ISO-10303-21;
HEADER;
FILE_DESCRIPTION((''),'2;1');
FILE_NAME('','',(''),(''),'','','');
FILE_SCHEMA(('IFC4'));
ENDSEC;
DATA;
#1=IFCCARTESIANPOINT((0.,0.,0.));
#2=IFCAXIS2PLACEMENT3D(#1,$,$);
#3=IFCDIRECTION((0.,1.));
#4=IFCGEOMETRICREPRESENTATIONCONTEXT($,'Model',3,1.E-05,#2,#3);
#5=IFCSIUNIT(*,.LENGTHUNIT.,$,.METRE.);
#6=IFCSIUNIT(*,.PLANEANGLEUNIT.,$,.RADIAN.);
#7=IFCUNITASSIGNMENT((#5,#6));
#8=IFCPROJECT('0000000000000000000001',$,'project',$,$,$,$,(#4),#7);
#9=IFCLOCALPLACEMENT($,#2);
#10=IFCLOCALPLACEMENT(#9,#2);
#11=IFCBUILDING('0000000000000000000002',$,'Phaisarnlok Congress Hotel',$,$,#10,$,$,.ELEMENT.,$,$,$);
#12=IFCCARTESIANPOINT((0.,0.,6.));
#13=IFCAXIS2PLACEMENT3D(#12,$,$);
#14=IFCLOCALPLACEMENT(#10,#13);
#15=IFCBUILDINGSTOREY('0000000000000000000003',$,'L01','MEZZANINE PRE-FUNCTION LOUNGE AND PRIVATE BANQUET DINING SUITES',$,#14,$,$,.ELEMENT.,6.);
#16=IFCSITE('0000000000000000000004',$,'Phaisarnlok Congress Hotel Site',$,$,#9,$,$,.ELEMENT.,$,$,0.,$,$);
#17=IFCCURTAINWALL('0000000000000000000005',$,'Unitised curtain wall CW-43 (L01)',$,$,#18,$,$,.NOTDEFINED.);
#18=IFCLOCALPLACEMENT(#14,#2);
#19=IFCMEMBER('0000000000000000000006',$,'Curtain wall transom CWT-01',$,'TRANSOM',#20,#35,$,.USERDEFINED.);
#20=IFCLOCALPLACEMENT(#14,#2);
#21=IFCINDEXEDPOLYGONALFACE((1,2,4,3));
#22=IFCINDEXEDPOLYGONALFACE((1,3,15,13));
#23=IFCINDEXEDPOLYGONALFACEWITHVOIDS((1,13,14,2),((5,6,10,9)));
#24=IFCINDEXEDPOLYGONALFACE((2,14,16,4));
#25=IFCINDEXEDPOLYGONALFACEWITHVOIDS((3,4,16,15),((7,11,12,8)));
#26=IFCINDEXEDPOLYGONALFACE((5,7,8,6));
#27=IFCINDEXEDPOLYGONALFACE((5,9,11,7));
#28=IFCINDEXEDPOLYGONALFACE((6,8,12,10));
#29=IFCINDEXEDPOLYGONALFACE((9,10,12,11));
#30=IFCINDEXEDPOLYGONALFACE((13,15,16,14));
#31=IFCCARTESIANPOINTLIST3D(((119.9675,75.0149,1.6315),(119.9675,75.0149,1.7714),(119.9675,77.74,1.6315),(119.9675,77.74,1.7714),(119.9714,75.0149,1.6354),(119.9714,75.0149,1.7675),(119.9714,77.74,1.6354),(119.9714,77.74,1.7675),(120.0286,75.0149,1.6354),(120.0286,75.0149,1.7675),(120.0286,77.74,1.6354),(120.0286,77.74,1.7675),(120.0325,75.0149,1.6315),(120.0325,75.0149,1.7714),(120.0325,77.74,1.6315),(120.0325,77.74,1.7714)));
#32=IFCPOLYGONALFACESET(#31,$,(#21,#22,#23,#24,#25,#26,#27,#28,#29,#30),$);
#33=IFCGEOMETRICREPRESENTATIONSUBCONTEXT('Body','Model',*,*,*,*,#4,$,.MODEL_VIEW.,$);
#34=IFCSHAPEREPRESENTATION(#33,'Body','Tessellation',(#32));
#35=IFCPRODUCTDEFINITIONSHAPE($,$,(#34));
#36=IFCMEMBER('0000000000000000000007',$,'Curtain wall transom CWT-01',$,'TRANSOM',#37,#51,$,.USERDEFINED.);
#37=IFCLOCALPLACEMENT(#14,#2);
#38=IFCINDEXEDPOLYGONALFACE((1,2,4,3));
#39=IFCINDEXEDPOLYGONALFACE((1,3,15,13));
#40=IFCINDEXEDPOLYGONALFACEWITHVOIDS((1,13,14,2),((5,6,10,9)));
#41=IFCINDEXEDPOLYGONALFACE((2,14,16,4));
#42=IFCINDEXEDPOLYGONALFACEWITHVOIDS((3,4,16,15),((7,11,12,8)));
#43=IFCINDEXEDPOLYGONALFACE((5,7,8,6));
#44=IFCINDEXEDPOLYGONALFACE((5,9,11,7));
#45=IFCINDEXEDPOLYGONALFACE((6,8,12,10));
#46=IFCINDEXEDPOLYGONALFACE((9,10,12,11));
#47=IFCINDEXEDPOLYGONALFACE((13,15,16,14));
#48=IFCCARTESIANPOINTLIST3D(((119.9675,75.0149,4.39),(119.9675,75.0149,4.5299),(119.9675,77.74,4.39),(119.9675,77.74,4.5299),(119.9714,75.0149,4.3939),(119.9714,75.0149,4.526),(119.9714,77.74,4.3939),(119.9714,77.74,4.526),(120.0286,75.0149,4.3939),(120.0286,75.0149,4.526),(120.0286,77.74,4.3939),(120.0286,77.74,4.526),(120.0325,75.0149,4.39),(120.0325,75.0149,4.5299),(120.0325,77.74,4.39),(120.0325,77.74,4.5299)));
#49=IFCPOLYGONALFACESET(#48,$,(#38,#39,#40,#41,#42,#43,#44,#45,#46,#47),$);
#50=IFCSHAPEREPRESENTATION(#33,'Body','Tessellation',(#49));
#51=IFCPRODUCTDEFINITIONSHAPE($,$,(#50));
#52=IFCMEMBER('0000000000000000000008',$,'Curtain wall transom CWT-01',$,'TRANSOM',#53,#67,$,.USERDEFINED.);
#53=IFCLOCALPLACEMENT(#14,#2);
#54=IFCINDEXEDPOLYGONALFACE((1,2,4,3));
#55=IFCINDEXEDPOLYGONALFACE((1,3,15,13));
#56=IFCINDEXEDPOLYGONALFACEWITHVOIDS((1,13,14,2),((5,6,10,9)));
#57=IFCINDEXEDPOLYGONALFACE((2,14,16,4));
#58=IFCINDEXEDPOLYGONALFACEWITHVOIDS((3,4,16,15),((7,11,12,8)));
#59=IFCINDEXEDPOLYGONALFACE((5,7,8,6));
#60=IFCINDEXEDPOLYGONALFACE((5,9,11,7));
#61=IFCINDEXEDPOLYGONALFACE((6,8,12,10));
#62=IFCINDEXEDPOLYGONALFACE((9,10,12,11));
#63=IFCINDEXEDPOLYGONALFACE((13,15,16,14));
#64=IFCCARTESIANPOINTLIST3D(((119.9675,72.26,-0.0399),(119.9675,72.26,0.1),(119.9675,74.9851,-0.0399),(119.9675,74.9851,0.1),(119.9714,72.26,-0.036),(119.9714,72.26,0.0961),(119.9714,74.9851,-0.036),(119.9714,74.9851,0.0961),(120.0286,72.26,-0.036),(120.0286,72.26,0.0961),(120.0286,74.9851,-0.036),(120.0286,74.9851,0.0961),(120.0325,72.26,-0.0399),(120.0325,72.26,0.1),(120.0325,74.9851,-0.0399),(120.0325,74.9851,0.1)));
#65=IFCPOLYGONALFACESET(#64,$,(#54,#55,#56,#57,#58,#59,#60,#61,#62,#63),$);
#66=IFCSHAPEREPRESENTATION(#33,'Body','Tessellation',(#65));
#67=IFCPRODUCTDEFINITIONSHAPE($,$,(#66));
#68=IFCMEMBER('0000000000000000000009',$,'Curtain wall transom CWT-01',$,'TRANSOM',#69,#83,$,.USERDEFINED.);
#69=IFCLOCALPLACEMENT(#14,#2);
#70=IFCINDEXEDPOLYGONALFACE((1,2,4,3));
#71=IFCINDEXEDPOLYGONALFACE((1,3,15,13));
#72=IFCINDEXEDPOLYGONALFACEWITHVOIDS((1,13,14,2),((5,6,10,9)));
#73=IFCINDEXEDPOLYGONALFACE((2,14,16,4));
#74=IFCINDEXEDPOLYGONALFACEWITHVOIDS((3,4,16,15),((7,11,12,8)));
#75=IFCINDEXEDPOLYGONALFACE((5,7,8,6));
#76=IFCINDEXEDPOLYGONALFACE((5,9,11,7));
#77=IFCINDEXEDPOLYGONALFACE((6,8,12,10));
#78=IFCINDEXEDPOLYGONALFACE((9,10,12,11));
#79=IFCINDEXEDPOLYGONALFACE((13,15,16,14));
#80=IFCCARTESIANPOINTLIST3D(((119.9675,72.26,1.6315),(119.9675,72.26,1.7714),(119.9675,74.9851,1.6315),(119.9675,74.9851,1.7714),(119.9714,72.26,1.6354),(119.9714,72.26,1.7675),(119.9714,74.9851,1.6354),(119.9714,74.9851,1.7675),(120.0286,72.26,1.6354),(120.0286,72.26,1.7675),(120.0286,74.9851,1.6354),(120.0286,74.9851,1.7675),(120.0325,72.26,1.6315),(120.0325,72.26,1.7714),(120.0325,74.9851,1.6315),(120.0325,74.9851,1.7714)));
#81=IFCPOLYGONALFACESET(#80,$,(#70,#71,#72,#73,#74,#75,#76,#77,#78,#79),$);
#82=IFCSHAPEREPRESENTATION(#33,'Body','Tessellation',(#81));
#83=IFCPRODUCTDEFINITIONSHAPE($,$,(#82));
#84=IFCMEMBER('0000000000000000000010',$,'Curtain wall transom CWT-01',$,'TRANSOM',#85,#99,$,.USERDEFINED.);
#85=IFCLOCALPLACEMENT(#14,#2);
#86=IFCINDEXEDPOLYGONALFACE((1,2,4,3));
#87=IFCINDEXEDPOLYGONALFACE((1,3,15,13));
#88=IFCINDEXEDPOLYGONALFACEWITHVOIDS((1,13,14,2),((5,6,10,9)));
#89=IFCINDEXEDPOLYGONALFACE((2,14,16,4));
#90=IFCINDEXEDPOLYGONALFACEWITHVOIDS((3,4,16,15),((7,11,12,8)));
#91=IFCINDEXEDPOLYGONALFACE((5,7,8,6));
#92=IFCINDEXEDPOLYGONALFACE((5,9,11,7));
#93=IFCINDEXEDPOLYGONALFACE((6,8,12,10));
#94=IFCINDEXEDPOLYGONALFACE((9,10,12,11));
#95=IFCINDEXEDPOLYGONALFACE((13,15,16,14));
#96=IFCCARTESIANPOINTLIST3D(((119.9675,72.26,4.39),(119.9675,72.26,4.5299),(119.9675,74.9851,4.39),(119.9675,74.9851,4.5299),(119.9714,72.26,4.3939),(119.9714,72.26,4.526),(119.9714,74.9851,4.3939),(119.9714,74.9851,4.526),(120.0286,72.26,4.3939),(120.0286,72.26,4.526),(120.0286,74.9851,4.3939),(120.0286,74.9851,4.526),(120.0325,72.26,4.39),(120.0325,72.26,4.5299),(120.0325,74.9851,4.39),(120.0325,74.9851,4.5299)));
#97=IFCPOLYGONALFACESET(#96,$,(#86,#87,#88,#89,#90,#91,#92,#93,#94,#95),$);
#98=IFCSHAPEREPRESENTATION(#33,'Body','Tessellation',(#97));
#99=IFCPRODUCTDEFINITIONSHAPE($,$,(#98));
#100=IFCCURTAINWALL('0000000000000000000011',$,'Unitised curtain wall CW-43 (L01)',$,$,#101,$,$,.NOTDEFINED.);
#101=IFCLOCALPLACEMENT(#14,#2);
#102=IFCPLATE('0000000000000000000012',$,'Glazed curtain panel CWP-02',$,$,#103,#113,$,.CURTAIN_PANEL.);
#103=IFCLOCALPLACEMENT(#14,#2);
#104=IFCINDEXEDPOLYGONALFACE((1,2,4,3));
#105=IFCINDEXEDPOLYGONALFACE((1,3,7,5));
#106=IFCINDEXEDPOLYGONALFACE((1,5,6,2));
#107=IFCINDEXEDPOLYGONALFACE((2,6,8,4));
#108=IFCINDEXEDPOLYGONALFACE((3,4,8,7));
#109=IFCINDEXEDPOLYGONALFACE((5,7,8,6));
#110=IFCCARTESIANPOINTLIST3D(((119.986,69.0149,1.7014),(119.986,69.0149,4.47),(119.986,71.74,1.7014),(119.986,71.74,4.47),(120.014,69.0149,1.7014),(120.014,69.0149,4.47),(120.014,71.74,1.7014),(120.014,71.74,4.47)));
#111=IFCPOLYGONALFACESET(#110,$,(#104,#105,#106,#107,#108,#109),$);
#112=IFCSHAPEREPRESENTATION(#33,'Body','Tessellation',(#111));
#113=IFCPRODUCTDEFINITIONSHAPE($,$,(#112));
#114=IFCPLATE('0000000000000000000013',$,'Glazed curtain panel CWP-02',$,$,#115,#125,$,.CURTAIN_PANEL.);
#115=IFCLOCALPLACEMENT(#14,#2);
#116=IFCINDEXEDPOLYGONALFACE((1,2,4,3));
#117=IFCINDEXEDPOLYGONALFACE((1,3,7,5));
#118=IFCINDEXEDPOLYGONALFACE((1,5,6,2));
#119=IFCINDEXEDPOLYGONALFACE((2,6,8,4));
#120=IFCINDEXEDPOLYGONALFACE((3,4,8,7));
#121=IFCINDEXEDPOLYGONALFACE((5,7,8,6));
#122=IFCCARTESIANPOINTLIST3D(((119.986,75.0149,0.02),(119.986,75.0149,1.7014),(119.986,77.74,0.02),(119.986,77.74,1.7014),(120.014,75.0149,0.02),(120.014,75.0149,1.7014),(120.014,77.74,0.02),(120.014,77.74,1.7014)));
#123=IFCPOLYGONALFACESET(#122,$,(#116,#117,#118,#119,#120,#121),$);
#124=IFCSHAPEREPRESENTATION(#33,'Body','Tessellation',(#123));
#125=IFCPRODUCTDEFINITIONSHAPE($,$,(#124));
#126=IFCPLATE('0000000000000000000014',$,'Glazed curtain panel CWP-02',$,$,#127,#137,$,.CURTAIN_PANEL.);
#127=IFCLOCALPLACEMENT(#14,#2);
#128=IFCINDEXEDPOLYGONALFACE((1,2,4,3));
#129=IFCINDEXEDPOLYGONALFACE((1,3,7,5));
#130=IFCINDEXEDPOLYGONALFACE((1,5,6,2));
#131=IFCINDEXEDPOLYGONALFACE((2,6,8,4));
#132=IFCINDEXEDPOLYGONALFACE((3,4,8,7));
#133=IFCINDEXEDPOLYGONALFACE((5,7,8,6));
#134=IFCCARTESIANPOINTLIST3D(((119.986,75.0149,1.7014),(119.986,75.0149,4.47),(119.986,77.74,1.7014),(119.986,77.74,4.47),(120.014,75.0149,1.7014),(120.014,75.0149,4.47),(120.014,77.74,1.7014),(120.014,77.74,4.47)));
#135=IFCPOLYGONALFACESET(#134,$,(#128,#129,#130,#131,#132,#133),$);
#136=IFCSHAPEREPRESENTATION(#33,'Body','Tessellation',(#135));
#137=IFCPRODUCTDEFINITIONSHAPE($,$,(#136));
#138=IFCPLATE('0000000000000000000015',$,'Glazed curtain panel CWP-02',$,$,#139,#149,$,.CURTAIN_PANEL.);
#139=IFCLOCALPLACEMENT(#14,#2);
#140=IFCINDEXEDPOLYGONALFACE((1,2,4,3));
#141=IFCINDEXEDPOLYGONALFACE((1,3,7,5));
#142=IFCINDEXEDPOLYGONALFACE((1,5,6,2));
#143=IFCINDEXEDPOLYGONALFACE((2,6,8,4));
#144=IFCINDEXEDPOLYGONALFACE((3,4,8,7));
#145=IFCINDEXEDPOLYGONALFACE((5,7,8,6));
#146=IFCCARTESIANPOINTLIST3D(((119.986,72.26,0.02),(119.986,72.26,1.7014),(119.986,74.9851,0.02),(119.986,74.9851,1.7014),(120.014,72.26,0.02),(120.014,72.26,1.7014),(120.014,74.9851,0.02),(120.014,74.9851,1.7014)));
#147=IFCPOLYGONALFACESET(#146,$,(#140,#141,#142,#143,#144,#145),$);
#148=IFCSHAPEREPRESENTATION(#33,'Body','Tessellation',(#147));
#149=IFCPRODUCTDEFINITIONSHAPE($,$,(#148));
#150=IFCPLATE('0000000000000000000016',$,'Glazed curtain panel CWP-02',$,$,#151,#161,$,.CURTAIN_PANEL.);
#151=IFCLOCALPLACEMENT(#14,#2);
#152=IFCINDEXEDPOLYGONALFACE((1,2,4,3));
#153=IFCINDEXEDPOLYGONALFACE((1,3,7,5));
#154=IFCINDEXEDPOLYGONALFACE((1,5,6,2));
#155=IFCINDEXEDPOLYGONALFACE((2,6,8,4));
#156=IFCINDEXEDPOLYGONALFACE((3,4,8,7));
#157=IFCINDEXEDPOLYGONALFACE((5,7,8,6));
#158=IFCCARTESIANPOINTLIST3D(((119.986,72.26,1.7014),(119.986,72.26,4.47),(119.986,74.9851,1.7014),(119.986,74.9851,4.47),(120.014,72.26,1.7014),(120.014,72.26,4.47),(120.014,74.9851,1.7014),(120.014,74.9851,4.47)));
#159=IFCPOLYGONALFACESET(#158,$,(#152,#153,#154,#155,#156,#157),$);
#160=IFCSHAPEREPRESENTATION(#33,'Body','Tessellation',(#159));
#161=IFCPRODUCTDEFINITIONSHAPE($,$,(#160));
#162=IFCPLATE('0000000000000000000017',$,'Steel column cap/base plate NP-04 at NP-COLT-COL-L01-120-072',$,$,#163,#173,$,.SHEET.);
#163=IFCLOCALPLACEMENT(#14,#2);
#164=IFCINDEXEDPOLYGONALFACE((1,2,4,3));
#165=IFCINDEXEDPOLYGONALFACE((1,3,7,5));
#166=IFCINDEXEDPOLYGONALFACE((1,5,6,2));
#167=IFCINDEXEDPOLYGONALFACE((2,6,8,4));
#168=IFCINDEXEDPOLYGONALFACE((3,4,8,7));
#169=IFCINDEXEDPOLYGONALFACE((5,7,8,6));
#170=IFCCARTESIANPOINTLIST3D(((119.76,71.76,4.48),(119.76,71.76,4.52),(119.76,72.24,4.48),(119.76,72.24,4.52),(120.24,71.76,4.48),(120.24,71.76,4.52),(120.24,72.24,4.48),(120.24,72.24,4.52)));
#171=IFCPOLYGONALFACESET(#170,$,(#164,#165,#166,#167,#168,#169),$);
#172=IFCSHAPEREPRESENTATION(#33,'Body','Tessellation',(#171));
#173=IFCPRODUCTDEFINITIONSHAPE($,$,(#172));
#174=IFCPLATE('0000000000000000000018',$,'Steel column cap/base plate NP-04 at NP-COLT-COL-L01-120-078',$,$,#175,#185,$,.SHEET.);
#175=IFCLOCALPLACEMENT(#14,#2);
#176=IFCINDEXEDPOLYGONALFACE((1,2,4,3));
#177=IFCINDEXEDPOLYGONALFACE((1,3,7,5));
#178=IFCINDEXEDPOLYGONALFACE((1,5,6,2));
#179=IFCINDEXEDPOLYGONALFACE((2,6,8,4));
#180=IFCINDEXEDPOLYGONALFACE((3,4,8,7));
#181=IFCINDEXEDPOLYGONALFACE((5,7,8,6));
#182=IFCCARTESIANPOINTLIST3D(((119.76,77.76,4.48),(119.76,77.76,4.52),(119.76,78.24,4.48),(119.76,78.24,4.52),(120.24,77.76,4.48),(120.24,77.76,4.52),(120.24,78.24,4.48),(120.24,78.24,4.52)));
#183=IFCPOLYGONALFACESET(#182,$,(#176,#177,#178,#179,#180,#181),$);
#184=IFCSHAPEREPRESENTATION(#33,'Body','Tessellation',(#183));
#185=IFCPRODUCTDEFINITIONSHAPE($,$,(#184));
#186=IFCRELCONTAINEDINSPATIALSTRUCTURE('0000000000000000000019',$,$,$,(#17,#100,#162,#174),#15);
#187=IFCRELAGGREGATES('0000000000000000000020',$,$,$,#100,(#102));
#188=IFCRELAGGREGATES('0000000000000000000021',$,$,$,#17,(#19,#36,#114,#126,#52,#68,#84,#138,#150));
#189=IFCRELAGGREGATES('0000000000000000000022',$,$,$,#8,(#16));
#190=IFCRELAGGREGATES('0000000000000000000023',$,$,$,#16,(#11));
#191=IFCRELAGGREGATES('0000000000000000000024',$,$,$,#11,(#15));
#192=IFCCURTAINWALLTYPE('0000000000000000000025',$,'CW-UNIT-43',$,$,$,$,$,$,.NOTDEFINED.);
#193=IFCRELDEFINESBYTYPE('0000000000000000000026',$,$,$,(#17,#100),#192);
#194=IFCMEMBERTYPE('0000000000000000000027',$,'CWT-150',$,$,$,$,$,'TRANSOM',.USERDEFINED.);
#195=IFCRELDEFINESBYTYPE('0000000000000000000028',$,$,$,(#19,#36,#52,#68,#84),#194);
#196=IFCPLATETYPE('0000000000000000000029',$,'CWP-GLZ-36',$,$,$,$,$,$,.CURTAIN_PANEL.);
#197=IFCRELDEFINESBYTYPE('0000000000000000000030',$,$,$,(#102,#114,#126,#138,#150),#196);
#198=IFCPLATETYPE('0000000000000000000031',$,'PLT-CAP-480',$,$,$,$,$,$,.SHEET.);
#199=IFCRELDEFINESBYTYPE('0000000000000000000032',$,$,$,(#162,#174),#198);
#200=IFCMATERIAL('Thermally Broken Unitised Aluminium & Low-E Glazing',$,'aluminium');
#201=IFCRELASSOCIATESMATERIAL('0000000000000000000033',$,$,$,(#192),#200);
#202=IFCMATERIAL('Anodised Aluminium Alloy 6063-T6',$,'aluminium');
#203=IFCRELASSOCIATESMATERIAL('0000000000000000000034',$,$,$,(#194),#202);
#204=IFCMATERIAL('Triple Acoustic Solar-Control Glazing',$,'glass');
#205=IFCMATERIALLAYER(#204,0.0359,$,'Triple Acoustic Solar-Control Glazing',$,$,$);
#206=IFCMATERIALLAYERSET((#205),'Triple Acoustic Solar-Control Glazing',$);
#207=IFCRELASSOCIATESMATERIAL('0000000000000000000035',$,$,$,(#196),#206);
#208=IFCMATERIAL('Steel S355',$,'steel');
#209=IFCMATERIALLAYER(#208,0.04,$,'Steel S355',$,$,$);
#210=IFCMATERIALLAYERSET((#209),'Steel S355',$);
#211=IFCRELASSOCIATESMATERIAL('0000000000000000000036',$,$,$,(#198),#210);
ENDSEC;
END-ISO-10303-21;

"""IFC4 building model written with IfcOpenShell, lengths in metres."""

from ifc_helpers import new_model, si_unit, direction, frame, frame_2d, origin, origin_2d, place, context, subcontext, project, spatial, rectangle, hollow_rectangle, extrude, material, layer, layer_set, material_profile, profile_set, type_object, element, aggregate, save


model = new_model("IFC4")

# Units and contexts
model_context = context("Model", 3, precision=1e-05, world=origin(), true_north=direction((0.0, 1.0)))
body_context = subcontext(model_context, "Body", "Model", "MODEL_VIEW")
ifc_project = project(units=[si_unit("LENGTHUNIT", "METRE"), si_unit("PLANEANGLEUNIT", "RADIAN")], contexts=[model_context])

# Site, building, storey
site_placement = place(None, origin())
site = spatial("IfcSite", under=ifc_project, at=site_placement, Name="Phaisarnlok Congress Hotel Site", CompositionType="ELEMENT", RefElevation=0.0)
building_placement = place(site_placement, origin())
building = spatial("IfcBuilding", under=site, at=building_placement, Name="Phaisarnlok Congress Hotel", CompositionType="ELEMENT")
storey_placement = place(building_placement, frame((0.0, 0.0, 6.0)))
storey = spatial("IfcBuildingStorey", under=building, at=storey_placement, Name="L01", Description="MEZZANINE PRE-FUNCTION LOUNGE AND PRIVATE BANQUET DINING SUITES", CompositionType="ELEMENT", Elevation=6.0)

# Shared definitions
ifc_material_1 = material(Name="Steel S355", Category="steel")

# Curtain wall, members
ifc_material_2 = material(Name="Thermally Broken Unitised Aluminium & Low-E Glazing", Category="aluminium")
curtain_wall_type = type_object("IfcCurtainWallType", Name="CW-UNIT-43", PredefinedType="NOTDEFINED", material=ifc_material_2)
curtain_wall_1_placement = place(storey_placement, origin())
curtain_wall_1 = element("IfcCurtainWall", 1, at=curtain_wall_1_placement, inside=storey, type_object=curtain_wall_type, Name="Unitised curtain wall CW-43 (L01)", PredefinedType="NOTDEFINED")
ifc_material_3 = material(Name="Anodised Aluminium Alloy 6063-T6", Category="aluminium")
ifc_material_profile_1 = material_profile(ifc_material_3, hollow_rectangle(XDim=0.0649, YDim=0.1399, WallThickness=0.0039, at=origin_2d()), Name="ALU-T 65x140x4")
ifc_profile_set_1 = profile_set([ifc_material_profile_1], Name="Anodised Aluminium Alloy 6063-T6")
member_type_1 = type_object("IfcMemberType", Name="CWT-150", ElementType="TRANSOM", PredefinedType="USERDEFINED", material=ifc_profile_set_1)
member_1_placement = place(storey_placement, frame((120.0, 77.74, 1.7014), z_axis=(0.0, -1.0, 0.0), x_axis=(1.0, 0.0, 0.0)))
member_1 = element("IfcMember", 2, at=member_1_placement, type_object=member_type_1, Name="Curtain wall transom CWT-01", ObjectType="TRANSOM", PredefinedType="USERDEFINED", context=body_context, shape_type="SweptSolid", body=[
    extrude(hollow_rectangle(XDim=0.0649, YDim=0.1399, WallThickness=0.0039, at=origin_2d()), origin(), (0.0, 0.0, 1.0), 2.7251),
])
member_2_placement = place(storey_placement, frame((120.0, 77.74, 4.46), z_axis=(0.0, -1.0, 0.0), x_axis=(1.0, 0.0, 0.0)))
member_2 = element("IfcMember", 3, at=member_2_placement, type_object=member_type_1, Name="Curtain wall transom CWT-01", ObjectType="TRANSOM", PredefinedType="USERDEFINED", context=body_context, shape_type="SweptSolid", body=[
    extrude(hollow_rectangle(XDim=0.0649, YDim=0.1399, WallThickness=0.0039, at=origin_2d()), origin(), (0.0, 0.0, 1.0), 2.7251),
])
member_3_placement = place(storey_placement, frame((120.0, 74.9851, 0.03), z_axis=(0.0, -1.0, 0.0), x_axis=(1.0, 0.0, 0.0)))
member_3 = element("IfcMember", 4, at=member_3_placement, type_object=member_type_1, Name="Curtain wall transom CWT-01", ObjectType="TRANSOM", PredefinedType="USERDEFINED", context=body_context, shape_type="SweptSolid", body=[
    extrude(hollow_rectangle(XDim=0.0649, YDim=0.1399, WallThickness=0.0039, at=origin_2d()), origin(), (0.0, 0.0, 1.0), 2.7251),
])
member_4_placement = place(storey_placement, frame((120.0, 74.9851, 1.7014), z_axis=(0.0, -1.0, 0.0), x_axis=(1.0, 0.0, 0.0)))
member_4 = element("IfcMember", 5, at=member_4_placement, type_object=member_type_1, Name="Curtain wall transom CWT-01", ObjectType="TRANSOM", PredefinedType="USERDEFINED", context=body_context, shape_type="SweptSolid", body=[
    extrude(hollow_rectangle(XDim=0.0649, YDim=0.1399, WallThickness=0.0039, at=origin_2d()), origin(), (0.0, 0.0, 1.0), 2.7251),
])
member_5_placement = place(storey_placement, frame((120.0, 74.9851, 4.46), z_axis=(0.0, -1.0, 0.0), x_axis=(1.0, 0.0, 0.0)))
member_5 = element("IfcMember", 6, at=member_5_placement, type_object=member_type_1, Name="Curtain wall transom CWT-01", ObjectType="TRANSOM", PredefinedType="USERDEFINED", context=body_context, shape_type="SweptSolid", body=[
    extrude(hollow_rectangle(XDim=0.0649, YDim=0.1399, WallThickness=0.0039, at=origin_2d()), origin(), (0.0, 0.0, 1.0), 2.7251),
])

# Curtain wall, plate
curtain_wall_2_placement = place(storey_placement, origin())
curtain_wall_2 = element("IfcCurtainWall", 7, at=curtain_wall_2_placement, inside=storey, type_object=curtain_wall_type, Name="Unitised curtain wall CW-43 (L01)", PredefinedType="NOTDEFINED")
ifc_material_4 = material(Name="Triple Acoustic Solar-Control Glazing", Category="glass")
ifc_layer_1 = layer(ifc_material_4, 0.0359, Name="Triple Acoustic Solar-Control Glazing")
ifc_layer_set_1 = layer_set([ifc_layer_1], Name="Triple Acoustic Solar-Control Glazing")
plate_type_1 = type_object("IfcPlateType", Name="CWP-GLZ-36", PredefinedType="CURTAIN_PANEL", material=ifc_layer_set_1)
plate_1_placement = place(storey_placement, frame((120.0, 71.74, 1.7014), z_axis=(0.0, 0.0, 1.0), x_axis=(0.0, -1.0, 0.0)))
plate_1 = element("IfcPlate", 8, at=plate_1_placement, type_object=plate_type_1, Name="Glazed curtain panel CWP-02", PredefinedType="CURTAIN_PANEL", context=body_context, shape_type="SweptSolid", body=[
    extrude(rectangle(XDim=2.7251, YDim=0.0281, at=frame_2d((1.3625, 0.0))), origin(), (0.0, 0.0, 1.0), 2.7686),
])
aggregate(curtain_wall_2, [plate_1])

# Plates
plate_2_placement = place(storey_placement, frame((120.0, 77.74, 0.02), z_axis=(0.0, 0.0, 1.0), x_axis=(0.0, -1.0, 0.0)))
plate_2 = element("IfcPlate", 9, at=plate_2_placement, type_object=plate_type_1, Name="Glazed curtain panel CWP-02", PredefinedType="CURTAIN_PANEL", context=body_context, shape_type="SweptSolid", body=[
    extrude(rectangle(XDim=2.7251, YDim=0.0281, at=frame_2d((1.3625, 0.0))), origin(), (0.0, 0.0, 1.0), 1.6814),
])
plate_3_placement = place(storey_placement, frame((120.0, 77.74, 1.7014), z_axis=(0.0, 0.0, 1.0), x_axis=(0.0, -1.0, 0.0)))
plate_3 = element("IfcPlate", 10, at=plate_3_placement, type_object=plate_type_1, Name="Glazed curtain panel CWP-02", PredefinedType="CURTAIN_PANEL", context=body_context, shape_type="SweptSolid", body=[
    extrude(rectangle(XDim=2.7251, YDim=0.0281, at=frame_2d((1.3625, 0.0))), origin(), (0.0, 0.0, 1.0), 2.7686),
])
plate_4_placement = place(storey_placement, frame((120.0, 74.9851, 0.02), z_axis=(0.0, 0.0, 1.0), x_axis=(0.0, -1.0, 0.0)))
plate_4 = element("IfcPlate", 11, at=plate_4_placement, type_object=plate_type_1, Name="Glazed curtain panel CWP-02", PredefinedType="CURTAIN_PANEL", context=body_context, shape_type="SweptSolid", body=[
    extrude(rectangle(XDim=2.7251, YDim=0.0281, at=frame_2d((1.3625, 0.0))), origin(), (0.0, 0.0, 1.0), 1.6814),
])
plate_5_placement = place(storey_placement, frame((120.0, 74.9851, 1.7014), z_axis=(0.0, 0.0, 1.0), x_axis=(0.0, -1.0, 0.0)))
plate_5 = element("IfcPlate", 12, at=plate_5_placement, type_object=plate_type_1, Name="Glazed curtain panel CWP-02", PredefinedType="CURTAIN_PANEL", context=body_context, shape_type="SweptSolid", body=[
    extrude(rectangle(XDim=2.7251, YDim=0.0281, at=frame_2d((1.3625, 0.0))), origin(), (0.0, 0.0, 1.0), 2.7686),
])
aggregate(curtain_wall_1, [member_1, member_2, plate_2, plate_3, member_3, member_4, member_5, plate_4, plate_5])

# Plates
ifc_layer_2 = layer(ifc_material_1, 0.04, Name="Steel S355")
ifc_layer_set_2 = layer_set([ifc_layer_2], Name="Steel S355")
plate_type_2 = type_object("IfcPlateType", Name="PLT-CAP-480", PredefinedType="SHEET", material=ifc_layer_set_2)
for number, where, z_axis, x_axis, name in (
    (13, (120.0, 72.0, 4.48), (0.0, 0.0, 1.0), (1.0, 0.0, 0.0), "Steel column cap/base plate NP-04 at NP-COLT-COL-L01-120-072"),
    (14, (120.0, 78.0, 4.48), (0.0, 0.0, 1.0), (1.0, 0.0, 0.0), "Steel column cap/base plate NP-04 at NP-COLT-COL-L01-120-078"),
):
    element("IfcPlate", number, at=place(storey_placement, frame(where, z_axis=z_axis, x_axis=x_axis)), inside=storey, type_object=plate_type_2, Name=name, PredefinedType="SHEET", context=body_context, shape_type="SweptSolid", body=[
        extrude(rectangle(XDim=0.48, YDim=0.48, at=origin_2d()), origin(), (0.0, 0.0, 1.0), 0.04),
    ])

save(model, "model.ifc")
